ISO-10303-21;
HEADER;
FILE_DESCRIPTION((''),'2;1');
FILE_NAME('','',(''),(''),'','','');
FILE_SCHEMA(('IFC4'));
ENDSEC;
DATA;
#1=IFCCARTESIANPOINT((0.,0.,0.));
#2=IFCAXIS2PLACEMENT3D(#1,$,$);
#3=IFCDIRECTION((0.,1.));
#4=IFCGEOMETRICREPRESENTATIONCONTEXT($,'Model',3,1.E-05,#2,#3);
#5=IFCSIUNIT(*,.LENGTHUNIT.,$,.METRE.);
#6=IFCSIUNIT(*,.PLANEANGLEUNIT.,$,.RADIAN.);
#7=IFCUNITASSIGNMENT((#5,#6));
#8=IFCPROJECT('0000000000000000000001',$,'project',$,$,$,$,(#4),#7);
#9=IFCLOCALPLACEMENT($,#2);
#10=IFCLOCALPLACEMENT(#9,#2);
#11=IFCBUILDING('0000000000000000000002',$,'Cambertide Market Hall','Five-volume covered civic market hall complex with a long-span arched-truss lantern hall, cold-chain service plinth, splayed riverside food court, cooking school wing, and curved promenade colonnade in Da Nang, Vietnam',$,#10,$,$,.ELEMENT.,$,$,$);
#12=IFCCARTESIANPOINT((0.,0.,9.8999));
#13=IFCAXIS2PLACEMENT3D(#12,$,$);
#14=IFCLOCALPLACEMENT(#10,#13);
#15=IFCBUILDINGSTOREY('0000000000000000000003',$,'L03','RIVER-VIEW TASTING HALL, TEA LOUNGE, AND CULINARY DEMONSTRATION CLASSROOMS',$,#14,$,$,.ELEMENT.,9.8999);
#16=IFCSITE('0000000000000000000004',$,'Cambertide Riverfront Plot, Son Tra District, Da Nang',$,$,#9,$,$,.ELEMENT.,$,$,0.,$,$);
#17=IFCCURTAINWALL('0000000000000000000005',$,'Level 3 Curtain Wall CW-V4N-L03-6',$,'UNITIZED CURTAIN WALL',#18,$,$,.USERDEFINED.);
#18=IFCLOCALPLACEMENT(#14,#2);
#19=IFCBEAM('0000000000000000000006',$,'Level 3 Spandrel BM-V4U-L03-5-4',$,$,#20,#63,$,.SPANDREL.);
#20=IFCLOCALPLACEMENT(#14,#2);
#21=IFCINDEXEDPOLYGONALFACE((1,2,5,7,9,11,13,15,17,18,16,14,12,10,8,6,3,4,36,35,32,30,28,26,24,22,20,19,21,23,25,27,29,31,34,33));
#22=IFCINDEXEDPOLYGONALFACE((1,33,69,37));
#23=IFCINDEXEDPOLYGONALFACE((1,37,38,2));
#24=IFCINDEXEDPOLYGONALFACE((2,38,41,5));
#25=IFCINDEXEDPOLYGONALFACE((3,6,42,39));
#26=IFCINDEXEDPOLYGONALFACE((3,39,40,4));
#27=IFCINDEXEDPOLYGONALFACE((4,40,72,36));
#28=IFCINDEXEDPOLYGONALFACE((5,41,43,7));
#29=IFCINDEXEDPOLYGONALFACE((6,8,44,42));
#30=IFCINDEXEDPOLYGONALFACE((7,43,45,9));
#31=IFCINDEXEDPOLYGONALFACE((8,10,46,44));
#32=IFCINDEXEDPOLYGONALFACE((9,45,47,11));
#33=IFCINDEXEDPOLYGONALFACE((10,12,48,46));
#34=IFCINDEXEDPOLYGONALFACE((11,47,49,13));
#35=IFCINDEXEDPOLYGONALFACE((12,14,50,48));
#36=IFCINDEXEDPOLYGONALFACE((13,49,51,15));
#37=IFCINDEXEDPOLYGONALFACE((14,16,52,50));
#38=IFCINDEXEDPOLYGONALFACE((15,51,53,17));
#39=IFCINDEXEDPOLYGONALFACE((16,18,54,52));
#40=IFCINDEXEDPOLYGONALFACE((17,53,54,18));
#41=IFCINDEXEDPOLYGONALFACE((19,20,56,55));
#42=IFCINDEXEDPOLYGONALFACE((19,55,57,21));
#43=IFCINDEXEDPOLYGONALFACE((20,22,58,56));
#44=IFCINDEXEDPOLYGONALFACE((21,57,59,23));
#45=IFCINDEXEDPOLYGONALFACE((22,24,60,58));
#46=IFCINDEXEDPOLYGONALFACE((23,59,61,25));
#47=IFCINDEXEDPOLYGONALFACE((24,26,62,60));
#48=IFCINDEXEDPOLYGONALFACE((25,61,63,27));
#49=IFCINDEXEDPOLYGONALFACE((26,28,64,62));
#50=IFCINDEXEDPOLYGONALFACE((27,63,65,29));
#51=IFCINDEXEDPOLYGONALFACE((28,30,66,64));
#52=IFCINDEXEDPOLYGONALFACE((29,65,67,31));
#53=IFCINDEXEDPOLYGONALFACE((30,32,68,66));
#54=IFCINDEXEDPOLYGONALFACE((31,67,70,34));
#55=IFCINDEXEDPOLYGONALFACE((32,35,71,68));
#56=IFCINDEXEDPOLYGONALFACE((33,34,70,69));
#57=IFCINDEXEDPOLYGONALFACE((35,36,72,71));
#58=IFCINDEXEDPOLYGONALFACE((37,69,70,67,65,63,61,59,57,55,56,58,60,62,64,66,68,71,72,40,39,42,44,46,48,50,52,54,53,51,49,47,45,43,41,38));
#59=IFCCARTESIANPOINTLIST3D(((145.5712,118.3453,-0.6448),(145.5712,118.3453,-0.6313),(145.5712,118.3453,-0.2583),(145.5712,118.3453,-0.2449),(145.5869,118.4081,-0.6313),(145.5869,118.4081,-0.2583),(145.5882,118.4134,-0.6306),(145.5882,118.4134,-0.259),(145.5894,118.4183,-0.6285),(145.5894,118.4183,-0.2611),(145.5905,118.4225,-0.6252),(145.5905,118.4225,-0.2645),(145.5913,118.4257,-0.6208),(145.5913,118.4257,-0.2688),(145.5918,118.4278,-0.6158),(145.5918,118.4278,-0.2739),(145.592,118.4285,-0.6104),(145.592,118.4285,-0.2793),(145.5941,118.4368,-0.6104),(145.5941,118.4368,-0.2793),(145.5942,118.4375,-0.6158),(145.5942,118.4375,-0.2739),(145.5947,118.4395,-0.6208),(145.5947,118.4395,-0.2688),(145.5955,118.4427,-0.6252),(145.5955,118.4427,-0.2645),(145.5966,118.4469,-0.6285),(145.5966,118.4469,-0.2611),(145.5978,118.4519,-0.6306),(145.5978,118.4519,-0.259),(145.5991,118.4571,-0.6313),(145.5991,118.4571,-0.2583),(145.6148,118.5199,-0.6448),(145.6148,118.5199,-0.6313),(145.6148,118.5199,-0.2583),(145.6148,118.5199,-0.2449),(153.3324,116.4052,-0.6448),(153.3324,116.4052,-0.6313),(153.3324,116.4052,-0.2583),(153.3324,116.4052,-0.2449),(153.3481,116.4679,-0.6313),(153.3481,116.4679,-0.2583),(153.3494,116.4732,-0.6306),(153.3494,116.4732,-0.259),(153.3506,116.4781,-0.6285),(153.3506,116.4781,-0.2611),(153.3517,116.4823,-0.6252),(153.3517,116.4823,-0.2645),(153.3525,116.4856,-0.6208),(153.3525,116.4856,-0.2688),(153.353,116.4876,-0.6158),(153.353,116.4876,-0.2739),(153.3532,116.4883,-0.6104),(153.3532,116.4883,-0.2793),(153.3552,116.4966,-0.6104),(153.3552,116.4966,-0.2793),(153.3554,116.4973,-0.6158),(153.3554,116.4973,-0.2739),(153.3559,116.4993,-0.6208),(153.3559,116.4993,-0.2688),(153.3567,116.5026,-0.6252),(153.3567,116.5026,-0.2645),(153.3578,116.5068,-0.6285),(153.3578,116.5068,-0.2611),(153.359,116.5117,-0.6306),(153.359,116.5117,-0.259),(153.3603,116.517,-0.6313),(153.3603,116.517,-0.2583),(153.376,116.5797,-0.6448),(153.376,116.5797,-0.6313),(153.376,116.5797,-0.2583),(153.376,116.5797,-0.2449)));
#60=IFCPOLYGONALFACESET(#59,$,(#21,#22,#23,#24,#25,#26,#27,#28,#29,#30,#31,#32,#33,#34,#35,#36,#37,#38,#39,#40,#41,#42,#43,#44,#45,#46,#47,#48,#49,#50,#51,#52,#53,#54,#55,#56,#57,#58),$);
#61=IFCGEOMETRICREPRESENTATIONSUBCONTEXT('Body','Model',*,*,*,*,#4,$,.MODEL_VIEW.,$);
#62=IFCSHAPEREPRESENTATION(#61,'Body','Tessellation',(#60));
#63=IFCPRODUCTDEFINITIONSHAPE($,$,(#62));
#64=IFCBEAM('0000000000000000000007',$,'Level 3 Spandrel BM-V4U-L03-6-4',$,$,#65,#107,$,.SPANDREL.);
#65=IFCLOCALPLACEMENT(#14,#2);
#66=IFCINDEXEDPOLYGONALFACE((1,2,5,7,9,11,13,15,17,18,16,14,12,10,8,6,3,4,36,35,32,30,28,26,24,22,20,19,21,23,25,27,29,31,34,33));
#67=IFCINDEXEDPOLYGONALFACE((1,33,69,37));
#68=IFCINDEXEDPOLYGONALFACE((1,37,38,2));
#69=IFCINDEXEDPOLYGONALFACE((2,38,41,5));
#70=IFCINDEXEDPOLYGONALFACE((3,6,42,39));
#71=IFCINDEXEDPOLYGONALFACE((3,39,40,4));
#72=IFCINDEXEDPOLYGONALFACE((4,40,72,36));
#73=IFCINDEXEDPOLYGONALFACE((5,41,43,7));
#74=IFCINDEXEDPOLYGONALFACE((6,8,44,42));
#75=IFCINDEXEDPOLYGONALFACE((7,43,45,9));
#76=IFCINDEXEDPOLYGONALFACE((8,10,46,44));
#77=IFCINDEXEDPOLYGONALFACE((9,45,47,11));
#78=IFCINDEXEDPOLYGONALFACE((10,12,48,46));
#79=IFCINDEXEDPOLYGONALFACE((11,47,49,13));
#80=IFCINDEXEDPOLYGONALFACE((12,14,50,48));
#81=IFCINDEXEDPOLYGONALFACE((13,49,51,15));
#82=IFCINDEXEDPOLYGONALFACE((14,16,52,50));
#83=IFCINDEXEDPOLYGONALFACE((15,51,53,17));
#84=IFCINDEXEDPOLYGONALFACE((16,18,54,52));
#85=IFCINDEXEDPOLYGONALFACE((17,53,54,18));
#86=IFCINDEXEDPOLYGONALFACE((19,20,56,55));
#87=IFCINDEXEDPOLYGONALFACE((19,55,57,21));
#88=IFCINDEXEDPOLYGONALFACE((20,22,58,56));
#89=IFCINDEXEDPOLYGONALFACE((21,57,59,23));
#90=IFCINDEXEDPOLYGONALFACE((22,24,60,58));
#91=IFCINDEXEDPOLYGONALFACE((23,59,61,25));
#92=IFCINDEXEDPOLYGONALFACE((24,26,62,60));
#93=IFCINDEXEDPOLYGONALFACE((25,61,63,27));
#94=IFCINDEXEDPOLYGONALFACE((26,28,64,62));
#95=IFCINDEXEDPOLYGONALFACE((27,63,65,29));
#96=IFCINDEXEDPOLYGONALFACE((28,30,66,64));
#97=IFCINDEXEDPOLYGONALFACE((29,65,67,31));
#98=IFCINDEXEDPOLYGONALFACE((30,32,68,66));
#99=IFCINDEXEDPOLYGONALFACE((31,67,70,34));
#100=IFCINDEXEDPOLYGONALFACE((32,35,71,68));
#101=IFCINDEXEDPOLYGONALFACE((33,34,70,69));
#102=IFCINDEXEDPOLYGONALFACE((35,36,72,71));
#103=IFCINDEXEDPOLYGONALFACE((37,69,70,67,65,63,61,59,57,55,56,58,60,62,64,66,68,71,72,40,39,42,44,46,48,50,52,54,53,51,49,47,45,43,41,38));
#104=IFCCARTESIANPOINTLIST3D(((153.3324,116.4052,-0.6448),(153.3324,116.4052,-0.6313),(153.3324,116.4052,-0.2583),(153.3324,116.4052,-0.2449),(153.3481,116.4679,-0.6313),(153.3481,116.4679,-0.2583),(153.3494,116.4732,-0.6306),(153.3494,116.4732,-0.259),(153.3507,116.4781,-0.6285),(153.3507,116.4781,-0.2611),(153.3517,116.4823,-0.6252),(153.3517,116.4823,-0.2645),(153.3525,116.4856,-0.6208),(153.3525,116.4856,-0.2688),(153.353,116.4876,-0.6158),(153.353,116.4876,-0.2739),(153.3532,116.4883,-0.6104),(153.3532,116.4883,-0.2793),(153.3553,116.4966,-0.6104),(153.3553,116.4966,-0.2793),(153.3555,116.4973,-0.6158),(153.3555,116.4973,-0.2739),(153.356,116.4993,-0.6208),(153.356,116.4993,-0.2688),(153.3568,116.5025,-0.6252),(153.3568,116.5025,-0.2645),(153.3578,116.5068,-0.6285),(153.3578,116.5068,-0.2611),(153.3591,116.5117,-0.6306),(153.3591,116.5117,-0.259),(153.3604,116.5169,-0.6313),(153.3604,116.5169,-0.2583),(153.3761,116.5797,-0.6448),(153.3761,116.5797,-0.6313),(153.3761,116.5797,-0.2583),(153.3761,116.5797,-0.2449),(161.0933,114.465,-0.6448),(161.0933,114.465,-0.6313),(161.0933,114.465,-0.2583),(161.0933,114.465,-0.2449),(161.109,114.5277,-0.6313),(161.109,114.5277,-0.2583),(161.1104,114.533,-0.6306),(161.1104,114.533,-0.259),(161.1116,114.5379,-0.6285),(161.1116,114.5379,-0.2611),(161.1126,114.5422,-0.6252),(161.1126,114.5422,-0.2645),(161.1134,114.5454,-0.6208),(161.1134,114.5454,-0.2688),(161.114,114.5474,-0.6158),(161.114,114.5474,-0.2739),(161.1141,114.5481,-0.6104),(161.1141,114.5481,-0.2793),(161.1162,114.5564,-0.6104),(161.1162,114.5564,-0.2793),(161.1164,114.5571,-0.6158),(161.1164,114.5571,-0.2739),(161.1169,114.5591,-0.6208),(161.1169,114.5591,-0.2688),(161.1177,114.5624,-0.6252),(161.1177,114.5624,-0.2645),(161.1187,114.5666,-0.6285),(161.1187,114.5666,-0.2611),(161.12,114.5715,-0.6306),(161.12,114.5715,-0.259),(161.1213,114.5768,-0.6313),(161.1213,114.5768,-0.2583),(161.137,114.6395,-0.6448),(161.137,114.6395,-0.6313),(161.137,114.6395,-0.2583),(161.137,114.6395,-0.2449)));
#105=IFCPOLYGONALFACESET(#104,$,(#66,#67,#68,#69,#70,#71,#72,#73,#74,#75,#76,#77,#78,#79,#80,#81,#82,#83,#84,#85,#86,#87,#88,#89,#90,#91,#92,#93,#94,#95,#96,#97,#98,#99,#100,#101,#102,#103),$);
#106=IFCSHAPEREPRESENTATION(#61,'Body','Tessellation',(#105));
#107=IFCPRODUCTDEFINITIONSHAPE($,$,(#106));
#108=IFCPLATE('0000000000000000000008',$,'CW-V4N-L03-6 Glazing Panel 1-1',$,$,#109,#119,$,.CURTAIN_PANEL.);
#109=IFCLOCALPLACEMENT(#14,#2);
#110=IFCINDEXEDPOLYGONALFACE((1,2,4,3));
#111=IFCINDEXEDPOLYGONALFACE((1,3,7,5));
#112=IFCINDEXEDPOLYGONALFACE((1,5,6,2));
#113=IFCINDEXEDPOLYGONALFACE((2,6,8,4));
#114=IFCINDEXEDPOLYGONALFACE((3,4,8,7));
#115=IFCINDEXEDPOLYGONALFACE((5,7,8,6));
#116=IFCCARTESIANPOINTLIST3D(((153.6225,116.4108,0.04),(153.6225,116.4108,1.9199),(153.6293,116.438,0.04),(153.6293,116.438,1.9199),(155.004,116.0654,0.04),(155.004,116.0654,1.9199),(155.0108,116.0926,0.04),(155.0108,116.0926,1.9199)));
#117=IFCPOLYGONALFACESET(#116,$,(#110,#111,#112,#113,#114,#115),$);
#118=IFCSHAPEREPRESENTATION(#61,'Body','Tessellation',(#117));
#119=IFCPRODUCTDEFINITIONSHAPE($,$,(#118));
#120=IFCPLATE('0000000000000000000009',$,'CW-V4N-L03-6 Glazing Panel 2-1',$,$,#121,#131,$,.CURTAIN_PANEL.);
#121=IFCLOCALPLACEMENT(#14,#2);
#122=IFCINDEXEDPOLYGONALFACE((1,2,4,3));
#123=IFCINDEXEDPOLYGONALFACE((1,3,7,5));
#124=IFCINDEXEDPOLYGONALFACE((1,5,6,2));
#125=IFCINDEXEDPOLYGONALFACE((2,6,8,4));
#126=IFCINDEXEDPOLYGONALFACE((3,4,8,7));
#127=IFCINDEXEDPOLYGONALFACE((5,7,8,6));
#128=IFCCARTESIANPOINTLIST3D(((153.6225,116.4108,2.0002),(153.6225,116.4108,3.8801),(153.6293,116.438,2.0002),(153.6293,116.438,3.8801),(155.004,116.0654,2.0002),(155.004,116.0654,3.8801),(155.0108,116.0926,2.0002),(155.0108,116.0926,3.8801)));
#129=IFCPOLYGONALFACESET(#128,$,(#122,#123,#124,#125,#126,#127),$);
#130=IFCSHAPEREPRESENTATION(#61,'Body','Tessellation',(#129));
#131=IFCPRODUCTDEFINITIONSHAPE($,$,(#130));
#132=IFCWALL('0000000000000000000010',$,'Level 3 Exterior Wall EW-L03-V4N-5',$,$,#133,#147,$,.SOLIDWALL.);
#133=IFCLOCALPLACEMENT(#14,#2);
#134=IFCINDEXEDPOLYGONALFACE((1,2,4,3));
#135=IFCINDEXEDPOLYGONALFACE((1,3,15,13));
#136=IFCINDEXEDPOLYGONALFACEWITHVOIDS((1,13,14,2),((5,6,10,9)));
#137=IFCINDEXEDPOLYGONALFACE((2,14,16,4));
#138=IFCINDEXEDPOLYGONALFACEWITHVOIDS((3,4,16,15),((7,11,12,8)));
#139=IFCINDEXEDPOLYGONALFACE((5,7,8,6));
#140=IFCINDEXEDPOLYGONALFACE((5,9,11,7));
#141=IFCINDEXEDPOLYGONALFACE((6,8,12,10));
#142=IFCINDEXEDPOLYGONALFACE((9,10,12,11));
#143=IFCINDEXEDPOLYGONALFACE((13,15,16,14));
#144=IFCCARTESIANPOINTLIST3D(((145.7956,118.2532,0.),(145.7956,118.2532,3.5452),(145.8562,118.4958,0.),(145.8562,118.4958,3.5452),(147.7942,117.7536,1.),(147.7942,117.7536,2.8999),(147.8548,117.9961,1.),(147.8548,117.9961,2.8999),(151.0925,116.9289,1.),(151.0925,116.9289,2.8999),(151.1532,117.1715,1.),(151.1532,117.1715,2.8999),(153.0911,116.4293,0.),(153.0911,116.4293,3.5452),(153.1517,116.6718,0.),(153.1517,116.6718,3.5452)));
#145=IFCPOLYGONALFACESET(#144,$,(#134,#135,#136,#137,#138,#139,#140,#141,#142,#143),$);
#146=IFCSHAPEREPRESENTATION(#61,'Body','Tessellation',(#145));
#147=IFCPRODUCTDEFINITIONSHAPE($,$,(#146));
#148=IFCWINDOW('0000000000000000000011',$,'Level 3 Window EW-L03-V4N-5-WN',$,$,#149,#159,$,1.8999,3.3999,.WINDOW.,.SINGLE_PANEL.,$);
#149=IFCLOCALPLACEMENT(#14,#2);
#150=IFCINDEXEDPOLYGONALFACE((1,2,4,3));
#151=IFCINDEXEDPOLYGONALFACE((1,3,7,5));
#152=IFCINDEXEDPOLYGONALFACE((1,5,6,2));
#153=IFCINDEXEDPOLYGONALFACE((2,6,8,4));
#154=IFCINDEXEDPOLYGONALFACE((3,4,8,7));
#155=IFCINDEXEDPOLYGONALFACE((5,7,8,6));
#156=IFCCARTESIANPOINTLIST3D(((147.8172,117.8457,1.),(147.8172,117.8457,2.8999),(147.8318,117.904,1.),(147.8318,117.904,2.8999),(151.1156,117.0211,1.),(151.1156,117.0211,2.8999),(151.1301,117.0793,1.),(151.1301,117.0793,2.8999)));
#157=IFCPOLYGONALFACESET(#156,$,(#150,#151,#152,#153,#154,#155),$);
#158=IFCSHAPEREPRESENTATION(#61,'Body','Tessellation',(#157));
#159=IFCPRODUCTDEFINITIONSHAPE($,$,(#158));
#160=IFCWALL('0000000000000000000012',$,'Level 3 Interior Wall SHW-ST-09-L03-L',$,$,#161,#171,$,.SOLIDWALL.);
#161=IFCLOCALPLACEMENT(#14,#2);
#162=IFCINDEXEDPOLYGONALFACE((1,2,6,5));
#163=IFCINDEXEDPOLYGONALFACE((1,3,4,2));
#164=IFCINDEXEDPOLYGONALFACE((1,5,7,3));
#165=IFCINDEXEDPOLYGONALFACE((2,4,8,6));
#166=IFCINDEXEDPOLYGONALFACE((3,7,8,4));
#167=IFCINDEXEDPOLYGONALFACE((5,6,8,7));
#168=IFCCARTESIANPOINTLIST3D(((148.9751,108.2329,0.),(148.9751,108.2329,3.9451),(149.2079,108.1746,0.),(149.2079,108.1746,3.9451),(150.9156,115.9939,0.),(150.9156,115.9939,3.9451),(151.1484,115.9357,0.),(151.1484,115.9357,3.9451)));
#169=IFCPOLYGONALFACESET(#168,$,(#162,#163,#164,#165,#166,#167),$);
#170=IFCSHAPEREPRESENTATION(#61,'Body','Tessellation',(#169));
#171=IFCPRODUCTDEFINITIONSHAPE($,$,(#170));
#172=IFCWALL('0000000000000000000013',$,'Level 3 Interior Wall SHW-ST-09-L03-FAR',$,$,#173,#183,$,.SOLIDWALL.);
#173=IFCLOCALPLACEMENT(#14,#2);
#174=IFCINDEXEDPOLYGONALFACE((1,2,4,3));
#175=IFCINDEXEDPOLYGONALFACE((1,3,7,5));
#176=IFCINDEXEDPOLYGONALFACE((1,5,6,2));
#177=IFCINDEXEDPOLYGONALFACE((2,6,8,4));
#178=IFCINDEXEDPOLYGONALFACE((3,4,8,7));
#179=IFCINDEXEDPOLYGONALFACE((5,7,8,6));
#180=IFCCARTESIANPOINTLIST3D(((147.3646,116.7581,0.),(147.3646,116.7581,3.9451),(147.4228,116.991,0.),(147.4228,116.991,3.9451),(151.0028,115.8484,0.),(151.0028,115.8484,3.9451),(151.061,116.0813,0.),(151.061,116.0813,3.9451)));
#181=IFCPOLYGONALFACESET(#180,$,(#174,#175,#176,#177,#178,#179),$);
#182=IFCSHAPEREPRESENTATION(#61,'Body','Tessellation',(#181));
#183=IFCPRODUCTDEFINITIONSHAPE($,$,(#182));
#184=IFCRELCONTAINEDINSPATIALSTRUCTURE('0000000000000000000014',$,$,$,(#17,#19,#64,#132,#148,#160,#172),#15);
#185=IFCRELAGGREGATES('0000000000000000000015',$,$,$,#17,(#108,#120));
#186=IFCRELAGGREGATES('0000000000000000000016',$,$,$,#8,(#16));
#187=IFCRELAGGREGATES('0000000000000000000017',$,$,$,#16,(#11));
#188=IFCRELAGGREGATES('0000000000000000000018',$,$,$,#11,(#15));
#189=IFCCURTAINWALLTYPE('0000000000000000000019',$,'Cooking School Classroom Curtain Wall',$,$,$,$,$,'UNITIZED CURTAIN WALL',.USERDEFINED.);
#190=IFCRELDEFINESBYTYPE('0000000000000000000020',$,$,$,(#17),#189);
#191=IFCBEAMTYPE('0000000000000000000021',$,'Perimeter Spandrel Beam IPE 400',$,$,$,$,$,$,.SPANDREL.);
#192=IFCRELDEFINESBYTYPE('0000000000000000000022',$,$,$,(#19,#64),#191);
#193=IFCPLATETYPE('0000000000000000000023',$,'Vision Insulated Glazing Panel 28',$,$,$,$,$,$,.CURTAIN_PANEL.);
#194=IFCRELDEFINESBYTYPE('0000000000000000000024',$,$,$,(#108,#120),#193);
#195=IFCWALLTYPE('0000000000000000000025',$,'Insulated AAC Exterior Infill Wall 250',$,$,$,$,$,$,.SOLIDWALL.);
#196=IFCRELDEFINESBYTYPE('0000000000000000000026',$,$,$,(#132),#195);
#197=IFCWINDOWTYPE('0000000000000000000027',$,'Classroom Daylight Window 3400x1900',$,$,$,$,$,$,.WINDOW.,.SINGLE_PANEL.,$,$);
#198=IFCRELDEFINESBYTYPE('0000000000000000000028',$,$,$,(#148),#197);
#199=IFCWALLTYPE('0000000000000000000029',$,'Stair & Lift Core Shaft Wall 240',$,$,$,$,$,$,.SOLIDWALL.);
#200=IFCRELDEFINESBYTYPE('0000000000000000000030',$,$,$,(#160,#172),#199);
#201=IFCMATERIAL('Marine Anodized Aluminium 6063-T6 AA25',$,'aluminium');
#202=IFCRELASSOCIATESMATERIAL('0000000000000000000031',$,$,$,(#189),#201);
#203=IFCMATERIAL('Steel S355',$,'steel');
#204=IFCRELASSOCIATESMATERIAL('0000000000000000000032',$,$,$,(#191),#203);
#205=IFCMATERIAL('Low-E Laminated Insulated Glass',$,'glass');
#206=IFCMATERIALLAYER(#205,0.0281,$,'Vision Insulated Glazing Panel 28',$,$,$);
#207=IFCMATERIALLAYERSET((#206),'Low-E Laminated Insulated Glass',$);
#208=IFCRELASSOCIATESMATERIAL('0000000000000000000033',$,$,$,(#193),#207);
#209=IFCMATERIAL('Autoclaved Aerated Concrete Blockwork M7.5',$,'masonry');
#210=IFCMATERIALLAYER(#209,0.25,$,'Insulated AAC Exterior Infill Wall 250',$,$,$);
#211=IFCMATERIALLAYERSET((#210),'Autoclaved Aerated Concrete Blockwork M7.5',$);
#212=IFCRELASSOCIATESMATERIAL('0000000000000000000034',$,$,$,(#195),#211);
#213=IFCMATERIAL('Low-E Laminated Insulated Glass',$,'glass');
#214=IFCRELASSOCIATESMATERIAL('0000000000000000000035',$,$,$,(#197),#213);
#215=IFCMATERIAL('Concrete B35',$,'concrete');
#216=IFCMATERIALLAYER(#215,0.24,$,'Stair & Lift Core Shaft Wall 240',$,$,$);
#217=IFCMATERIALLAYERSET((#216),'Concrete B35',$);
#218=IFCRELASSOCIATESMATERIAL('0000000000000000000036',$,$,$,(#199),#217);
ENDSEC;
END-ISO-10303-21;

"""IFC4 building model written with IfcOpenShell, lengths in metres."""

from ifc_helpers import new_model, si_unit, direction, frame, frame_2d, origin, origin_2d, place, context, subcontext, project, spatial, rectangle, i_section, extrude, material, layer, layer_set, material_profile, profile_set, type_object, element, fill, aggregate, save


model = new_model("IFC4")

# Units and contexts
model_context = context("Model", 3, precision=1e-05, world=origin(), true_north=direction((0.0, 1.0)))
body_context = subcontext(model_context, "Body", "Model", "MODEL_VIEW")
ifc_project = project(units=[si_unit("LENGTHUNIT", "METRE"), si_unit("PLANEANGLEUNIT", "RADIAN")], contexts=[model_context])

# Site, building, storey
site_placement = place(None, origin())
site = spatial("IfcSite", under=ifc_project, at=site_placement, Name="Cambertide Riverfront Plot, Son Tra District, Da Nang", CompositionType="ELEMENT", RefElevation=0.0)
building_placement = place(site_placement, origin())
building = spatial("IfcBuilding", under=site, at=building_placement, Name="Cambertide Market Hall", Description="Five-volume covered civic market hall complex with a long-span arched-truss lantern hall, cold-chain service plinth, splayed riverside food court, cooking school wing, and curved promenade colonnade in Da Nang, Vietnam", CompositionType="ELEMENT")
storey_placement = place(building_placement, frame((0.0, 0.0, 9.8999)))
storey = spatial("IfcBuildingStorey", under=building, at=storey_placement, Name="L03", Description="RIVER-VIEW TASTING HALL, TEA LOUNGE, AND CULINARY DEMONSTRATION CLASSROOMS", CompositionType="ELEMENT", Elevation=9.8999)

# Curtain wall
ifc_material_1 = material(Name="Marine Anodized Aluminium 6063-T6 AA25", Category="aluminium")
curtain_wall_type = type_object("IfcCurtainWallType", Name="Cooking School Classroom Curtain Wall", ElementType="UNITIZED CURTAIN WALL", PredefinedType="USERDEFINED", material=ifc_material_1)
curtain_wall_placement = place(storey_placement, origin())
curtain_wall = element("IfcCurtainWall", 1, at=curtain_wall_placement, inside=storey, type_object=curtain_wall_type, Name="Level 3 Curtain Wall CW-V4N-L03-6", ObjectType="UNITIZED CURTAIN WALL", PredefinedType="USERDEFINED")

# Beams
ifc_material_2 = material(Name="Steel S355", Category="steel")
ifc_material_profile_1 = material_profile(ifc_material_2, i_section(OverallWidth=0.1799, OverallDepth=0.3999, WebThickness=0.0085, FlangeThickness=0.0134, FilletRadius=0.021, at=origin_2d()), Name="IPE 400")
ifc_profile_set_1 = profile_set([ifc_material_profile_1], Name="Steel S355")
beam_type = type_object("IfcBeamType", Name="Perimeter Spandrel Beam IPE 400", PredefinedType="SPANDREL", material=ifc_profile_set_1)
beam_1_placement = place(storey_placement, frame((145.593, 118.4326, -0.4448), z_axis=(0.970146, -0.242521, 0.0), x_axis=(0.242521, 0.970146, 0.0)))
element("IfcBeam", 2, at=beam_1_placement, inside=storey, type_object=beam_type, Name="Level 3 Spandrel BM-V4U-L03-5-4", PredefinedType="SPANDREL", context=body_context, shape_type="SweptSolid", body=[
    extrude(i_section(OverallWidth=0.1799, OverallDepth=0.3999, WebThickness=0.0085, FlangeThickness=0.0134, FilletRadius=0.021, at=origin_2d()), origin(), (0.0, 0.0, 1.0), 8.0),
])
beam_2_placement = place(storey_placement, frame((153.3542, 116.4924, -0.4448), z_axis=(0.970144, -0.242528, 0.0), x_axis=(0.242528, 0.970144, 0.0)))
element("IfcBeam", 3, at=beam_2_placement, inside=storey, type_object=beam_type, Name="Level 3 Spandrel BM-V4U-L03-6-4", PredefinedType="SPANDREL", context=body_context, shape_type="SweptSolid", body=[
    extrude(i_section(OverallWidth=0.1799, OverallDepth=0.3999, WebThickness=0.0085, FlangeThickness=0.0134, FilletRadius=0.021, at=origin_2d()), origin(), (0.0, 0.0, 1.0), 7.9998),
])

# Plates
ifc_material_3 = material(Name="Low-E Laminated Insulated Glass", Category="glass")
ifc_layer_1 = layer(ifc_material_3, 0.0281, Name="Vision Insulated Glazing Panel 28")
ifc_layer_set_1 = layer_set([ifc_layer_1], Name="Low-E Laminated Insulated Glass")
plate_type = type_object("IfcPlateType", Name="Vision Insulated Glazing Panel 28", PredefinedType="CURTAIN_PANEL", material=ifc_layer_set_1)
plate_1_placement = place(storey_placement, frame((154.3167, 116.2517, 0.04), z_axis=(0.0, 0.0, 1.0), x_axis=(0.970143, -0.242536, 0.0)))
plate_1 = element("IfcPlate", 4, at=plate_1_placement, type_object=plate_type, Name="CW-V4N-L03-6 Glazing Panel 1-1", PredefinedType="CURTAIN_PANEL", context=body_context, shape_type="SweptSolid", body=[
    extrude(rectangle(XDim=1.4241, YDim=0.0281, at=origin_2d()), origin(), (0.0, 0.0, 1.0), 1.8799),
])
plate_2_placement = place(storey_placement, frame((154.3167, 116.2517, 2.0002), z_axis=(0.0, 0.0, 1.0), x_axis=(0.970143, -0.242536, 0.0)))
plate_2 = element("IfcPlate", 5, at=plate_2_placement, type_object=plate_type, Name="CW-V4N-L03-6 Glazing Panel 2-1", PredefinedType="CURTAIN_PANEL", context=body_context, shape_type="SweptSolid", body=[
    extrude(rectangle(XDim=1.4241, YDim=0.0281, at=origin_2d()), origin(), (0.0, 0.0, 1.0), 1.8799),
])
aggregate(curtain_wall, [plate_1, plate_2])

# Wall, opening, window
ifc_material_4 = material(Name="Autoclaved Aerated Concrete Blockwork M7.5", Category="masonry")
ifc_layer_2 = layer(ifc_material_4, 0.25, Name="Insulated AAC Exterior Infill Wall 250")
ifc_layer_set_2 = layer_set([ifc_layer_2], Name="Autoclaved Aerated Concrete Blockwork M7.5")
wall_type_1 = type_object("IfcWallType", Name="Insulated AAC Exterior Infill Wall 250", PredefinedType="SOLIDWALL", material=ifc_layer_set_2)
wall_1_placement = place(storey_placement, frame((145.8259, 118.3745, 0.0), z_axis=(0.0, 0.0, 1.0), x_axis=(0.970139, -0.242551, 0.0)))
wall_1 = element("IfcWall", 6, at=wall_1_placement, inside=storey, type_object=wall_type_1, Name="Level 3 Exterior Wall EW-L03-V4N-5", PredefinedType="SOLIDWALL", context=body_context, shape_type="SweptSolid", body=[
    extrude(rectangle(XDim=7.52, YDim=0.25, at=frame_2d((3.76, 0.0))), origin(), (0.0, 0.0, 1.0), 3.5452),
])
opening_placement = place(wall_1_placement, frame((2.0601, 0.0, 1.0)))
opening = element("IfcOpeningElement", 7, at=opening_placement, cuts=wall_1, PredefinedType="OPENING", context=body_context, shape_type="SweptSolid", body=[
    extrude(rectangle(XDim=3.3999, YDim=1.8999, at=frame_2d((1.7, 0.95))), frame((0.0, 0.135, 0.0), z_axis=(0.0, -1.0, 0.0), x_axis=(1.0, 0.0, 0.0)), (0.0, 0.0, 1.0), 0.27),
])
ifc_material_5 = material(Name="Low-E Laminated Insulated Glass", Category="glass")
window_type = type_object("IfcWindowType", Name="Classroom Daylight Window 3400x1900", PartitioningType="SINGLE_PANEL", PredefinedType="WINDOW", material=ifc_material_5)
window_placement = place(opening_placement, origin())
window = element("IfcWindow", 8, at=window_placement, inside=storey, type_object=window_type, Name="Level 3 Window EW-L03-V4N-5-WN", OverallHeight=1.8999, OverallWidth=3.3999, PartitioningType="SINGLE_PANEL", PredefinedType="WINDOW", context=body_context, shape_type="SweptSolid", body=[
    extrude(rectangle(XDim=3.3999, YDim=1.8999, at=frame_2d((1.7, 0.95))), frame((0.0, 0.03, 0.0), z_axis=(0.0, -1.0, 0.0), x_axis=(1.0, 0.0, 0.0)), (0.0, 0.0, 1.0), 0.0601),
])
fill(opening, window)

# Walls
ifc_material_6 = material(Name="Concrete B35", Category="concrete")
ifc_layer_3 = layer(ifc_material_6, 0.24, Name="Stair & Lift Core Shaft Wall 240")
ifc_layer_set_3 = layer_set([ifc_layer_3], Name="Concrete B35")
wall_type_2 = type_object("IfcWallType", Name="Stair & Lift Core Shaft Wall 240", PredefinedType="SOLIDWALL", material=ifc_layer_set_3)
wall_2_placement = place(storey_placement, frame((151.032, 115.9648, 0.0), z_axis=(0.0, 0.0, 1.0), x_axis=(-0.242557, -0.970137, 0.0)))
element("IfcWall", 9, at=wall_2_placement, inside=storey, type_object=wall_type_2, Name="Level 3 Interior Wall SHW-ST-09-L03-L", PredefinedType="SOLIDWALL", context=body_context, shape_type="SweptSolid", body=[
    extrude(rectangle(XDim=8.0, YDim=0.24, at=frame_2d((4.0, 0.0))), origin(), (0.0, 0.0, 1.0), 3.9451),
])
wall_3_placement = place(storey_placement, frame((147.3938, 116.8745, 0.0), z_axis=(0.0, 0.0, 1.0), x_axis=(0.970135, -0.242566, 0.0)))
element("IfcWall", 10, at=wall_3_placement, inside=storey, type_object=wall_type_2, Name="Level 3 Interior Wall SHW-ST-09-L03-FAR", PredefinedType="SOLIDWALL", context=body_context, shape_type="SweptSolid", body=[
    extrude(rectangle(XDim=3.7502, YDim=0.24, at=frame_2d((1.875, 0.0))), origin(), (0.0, 0.0, 1.0), 3.9451),
])

save(model, "model.ifc")
